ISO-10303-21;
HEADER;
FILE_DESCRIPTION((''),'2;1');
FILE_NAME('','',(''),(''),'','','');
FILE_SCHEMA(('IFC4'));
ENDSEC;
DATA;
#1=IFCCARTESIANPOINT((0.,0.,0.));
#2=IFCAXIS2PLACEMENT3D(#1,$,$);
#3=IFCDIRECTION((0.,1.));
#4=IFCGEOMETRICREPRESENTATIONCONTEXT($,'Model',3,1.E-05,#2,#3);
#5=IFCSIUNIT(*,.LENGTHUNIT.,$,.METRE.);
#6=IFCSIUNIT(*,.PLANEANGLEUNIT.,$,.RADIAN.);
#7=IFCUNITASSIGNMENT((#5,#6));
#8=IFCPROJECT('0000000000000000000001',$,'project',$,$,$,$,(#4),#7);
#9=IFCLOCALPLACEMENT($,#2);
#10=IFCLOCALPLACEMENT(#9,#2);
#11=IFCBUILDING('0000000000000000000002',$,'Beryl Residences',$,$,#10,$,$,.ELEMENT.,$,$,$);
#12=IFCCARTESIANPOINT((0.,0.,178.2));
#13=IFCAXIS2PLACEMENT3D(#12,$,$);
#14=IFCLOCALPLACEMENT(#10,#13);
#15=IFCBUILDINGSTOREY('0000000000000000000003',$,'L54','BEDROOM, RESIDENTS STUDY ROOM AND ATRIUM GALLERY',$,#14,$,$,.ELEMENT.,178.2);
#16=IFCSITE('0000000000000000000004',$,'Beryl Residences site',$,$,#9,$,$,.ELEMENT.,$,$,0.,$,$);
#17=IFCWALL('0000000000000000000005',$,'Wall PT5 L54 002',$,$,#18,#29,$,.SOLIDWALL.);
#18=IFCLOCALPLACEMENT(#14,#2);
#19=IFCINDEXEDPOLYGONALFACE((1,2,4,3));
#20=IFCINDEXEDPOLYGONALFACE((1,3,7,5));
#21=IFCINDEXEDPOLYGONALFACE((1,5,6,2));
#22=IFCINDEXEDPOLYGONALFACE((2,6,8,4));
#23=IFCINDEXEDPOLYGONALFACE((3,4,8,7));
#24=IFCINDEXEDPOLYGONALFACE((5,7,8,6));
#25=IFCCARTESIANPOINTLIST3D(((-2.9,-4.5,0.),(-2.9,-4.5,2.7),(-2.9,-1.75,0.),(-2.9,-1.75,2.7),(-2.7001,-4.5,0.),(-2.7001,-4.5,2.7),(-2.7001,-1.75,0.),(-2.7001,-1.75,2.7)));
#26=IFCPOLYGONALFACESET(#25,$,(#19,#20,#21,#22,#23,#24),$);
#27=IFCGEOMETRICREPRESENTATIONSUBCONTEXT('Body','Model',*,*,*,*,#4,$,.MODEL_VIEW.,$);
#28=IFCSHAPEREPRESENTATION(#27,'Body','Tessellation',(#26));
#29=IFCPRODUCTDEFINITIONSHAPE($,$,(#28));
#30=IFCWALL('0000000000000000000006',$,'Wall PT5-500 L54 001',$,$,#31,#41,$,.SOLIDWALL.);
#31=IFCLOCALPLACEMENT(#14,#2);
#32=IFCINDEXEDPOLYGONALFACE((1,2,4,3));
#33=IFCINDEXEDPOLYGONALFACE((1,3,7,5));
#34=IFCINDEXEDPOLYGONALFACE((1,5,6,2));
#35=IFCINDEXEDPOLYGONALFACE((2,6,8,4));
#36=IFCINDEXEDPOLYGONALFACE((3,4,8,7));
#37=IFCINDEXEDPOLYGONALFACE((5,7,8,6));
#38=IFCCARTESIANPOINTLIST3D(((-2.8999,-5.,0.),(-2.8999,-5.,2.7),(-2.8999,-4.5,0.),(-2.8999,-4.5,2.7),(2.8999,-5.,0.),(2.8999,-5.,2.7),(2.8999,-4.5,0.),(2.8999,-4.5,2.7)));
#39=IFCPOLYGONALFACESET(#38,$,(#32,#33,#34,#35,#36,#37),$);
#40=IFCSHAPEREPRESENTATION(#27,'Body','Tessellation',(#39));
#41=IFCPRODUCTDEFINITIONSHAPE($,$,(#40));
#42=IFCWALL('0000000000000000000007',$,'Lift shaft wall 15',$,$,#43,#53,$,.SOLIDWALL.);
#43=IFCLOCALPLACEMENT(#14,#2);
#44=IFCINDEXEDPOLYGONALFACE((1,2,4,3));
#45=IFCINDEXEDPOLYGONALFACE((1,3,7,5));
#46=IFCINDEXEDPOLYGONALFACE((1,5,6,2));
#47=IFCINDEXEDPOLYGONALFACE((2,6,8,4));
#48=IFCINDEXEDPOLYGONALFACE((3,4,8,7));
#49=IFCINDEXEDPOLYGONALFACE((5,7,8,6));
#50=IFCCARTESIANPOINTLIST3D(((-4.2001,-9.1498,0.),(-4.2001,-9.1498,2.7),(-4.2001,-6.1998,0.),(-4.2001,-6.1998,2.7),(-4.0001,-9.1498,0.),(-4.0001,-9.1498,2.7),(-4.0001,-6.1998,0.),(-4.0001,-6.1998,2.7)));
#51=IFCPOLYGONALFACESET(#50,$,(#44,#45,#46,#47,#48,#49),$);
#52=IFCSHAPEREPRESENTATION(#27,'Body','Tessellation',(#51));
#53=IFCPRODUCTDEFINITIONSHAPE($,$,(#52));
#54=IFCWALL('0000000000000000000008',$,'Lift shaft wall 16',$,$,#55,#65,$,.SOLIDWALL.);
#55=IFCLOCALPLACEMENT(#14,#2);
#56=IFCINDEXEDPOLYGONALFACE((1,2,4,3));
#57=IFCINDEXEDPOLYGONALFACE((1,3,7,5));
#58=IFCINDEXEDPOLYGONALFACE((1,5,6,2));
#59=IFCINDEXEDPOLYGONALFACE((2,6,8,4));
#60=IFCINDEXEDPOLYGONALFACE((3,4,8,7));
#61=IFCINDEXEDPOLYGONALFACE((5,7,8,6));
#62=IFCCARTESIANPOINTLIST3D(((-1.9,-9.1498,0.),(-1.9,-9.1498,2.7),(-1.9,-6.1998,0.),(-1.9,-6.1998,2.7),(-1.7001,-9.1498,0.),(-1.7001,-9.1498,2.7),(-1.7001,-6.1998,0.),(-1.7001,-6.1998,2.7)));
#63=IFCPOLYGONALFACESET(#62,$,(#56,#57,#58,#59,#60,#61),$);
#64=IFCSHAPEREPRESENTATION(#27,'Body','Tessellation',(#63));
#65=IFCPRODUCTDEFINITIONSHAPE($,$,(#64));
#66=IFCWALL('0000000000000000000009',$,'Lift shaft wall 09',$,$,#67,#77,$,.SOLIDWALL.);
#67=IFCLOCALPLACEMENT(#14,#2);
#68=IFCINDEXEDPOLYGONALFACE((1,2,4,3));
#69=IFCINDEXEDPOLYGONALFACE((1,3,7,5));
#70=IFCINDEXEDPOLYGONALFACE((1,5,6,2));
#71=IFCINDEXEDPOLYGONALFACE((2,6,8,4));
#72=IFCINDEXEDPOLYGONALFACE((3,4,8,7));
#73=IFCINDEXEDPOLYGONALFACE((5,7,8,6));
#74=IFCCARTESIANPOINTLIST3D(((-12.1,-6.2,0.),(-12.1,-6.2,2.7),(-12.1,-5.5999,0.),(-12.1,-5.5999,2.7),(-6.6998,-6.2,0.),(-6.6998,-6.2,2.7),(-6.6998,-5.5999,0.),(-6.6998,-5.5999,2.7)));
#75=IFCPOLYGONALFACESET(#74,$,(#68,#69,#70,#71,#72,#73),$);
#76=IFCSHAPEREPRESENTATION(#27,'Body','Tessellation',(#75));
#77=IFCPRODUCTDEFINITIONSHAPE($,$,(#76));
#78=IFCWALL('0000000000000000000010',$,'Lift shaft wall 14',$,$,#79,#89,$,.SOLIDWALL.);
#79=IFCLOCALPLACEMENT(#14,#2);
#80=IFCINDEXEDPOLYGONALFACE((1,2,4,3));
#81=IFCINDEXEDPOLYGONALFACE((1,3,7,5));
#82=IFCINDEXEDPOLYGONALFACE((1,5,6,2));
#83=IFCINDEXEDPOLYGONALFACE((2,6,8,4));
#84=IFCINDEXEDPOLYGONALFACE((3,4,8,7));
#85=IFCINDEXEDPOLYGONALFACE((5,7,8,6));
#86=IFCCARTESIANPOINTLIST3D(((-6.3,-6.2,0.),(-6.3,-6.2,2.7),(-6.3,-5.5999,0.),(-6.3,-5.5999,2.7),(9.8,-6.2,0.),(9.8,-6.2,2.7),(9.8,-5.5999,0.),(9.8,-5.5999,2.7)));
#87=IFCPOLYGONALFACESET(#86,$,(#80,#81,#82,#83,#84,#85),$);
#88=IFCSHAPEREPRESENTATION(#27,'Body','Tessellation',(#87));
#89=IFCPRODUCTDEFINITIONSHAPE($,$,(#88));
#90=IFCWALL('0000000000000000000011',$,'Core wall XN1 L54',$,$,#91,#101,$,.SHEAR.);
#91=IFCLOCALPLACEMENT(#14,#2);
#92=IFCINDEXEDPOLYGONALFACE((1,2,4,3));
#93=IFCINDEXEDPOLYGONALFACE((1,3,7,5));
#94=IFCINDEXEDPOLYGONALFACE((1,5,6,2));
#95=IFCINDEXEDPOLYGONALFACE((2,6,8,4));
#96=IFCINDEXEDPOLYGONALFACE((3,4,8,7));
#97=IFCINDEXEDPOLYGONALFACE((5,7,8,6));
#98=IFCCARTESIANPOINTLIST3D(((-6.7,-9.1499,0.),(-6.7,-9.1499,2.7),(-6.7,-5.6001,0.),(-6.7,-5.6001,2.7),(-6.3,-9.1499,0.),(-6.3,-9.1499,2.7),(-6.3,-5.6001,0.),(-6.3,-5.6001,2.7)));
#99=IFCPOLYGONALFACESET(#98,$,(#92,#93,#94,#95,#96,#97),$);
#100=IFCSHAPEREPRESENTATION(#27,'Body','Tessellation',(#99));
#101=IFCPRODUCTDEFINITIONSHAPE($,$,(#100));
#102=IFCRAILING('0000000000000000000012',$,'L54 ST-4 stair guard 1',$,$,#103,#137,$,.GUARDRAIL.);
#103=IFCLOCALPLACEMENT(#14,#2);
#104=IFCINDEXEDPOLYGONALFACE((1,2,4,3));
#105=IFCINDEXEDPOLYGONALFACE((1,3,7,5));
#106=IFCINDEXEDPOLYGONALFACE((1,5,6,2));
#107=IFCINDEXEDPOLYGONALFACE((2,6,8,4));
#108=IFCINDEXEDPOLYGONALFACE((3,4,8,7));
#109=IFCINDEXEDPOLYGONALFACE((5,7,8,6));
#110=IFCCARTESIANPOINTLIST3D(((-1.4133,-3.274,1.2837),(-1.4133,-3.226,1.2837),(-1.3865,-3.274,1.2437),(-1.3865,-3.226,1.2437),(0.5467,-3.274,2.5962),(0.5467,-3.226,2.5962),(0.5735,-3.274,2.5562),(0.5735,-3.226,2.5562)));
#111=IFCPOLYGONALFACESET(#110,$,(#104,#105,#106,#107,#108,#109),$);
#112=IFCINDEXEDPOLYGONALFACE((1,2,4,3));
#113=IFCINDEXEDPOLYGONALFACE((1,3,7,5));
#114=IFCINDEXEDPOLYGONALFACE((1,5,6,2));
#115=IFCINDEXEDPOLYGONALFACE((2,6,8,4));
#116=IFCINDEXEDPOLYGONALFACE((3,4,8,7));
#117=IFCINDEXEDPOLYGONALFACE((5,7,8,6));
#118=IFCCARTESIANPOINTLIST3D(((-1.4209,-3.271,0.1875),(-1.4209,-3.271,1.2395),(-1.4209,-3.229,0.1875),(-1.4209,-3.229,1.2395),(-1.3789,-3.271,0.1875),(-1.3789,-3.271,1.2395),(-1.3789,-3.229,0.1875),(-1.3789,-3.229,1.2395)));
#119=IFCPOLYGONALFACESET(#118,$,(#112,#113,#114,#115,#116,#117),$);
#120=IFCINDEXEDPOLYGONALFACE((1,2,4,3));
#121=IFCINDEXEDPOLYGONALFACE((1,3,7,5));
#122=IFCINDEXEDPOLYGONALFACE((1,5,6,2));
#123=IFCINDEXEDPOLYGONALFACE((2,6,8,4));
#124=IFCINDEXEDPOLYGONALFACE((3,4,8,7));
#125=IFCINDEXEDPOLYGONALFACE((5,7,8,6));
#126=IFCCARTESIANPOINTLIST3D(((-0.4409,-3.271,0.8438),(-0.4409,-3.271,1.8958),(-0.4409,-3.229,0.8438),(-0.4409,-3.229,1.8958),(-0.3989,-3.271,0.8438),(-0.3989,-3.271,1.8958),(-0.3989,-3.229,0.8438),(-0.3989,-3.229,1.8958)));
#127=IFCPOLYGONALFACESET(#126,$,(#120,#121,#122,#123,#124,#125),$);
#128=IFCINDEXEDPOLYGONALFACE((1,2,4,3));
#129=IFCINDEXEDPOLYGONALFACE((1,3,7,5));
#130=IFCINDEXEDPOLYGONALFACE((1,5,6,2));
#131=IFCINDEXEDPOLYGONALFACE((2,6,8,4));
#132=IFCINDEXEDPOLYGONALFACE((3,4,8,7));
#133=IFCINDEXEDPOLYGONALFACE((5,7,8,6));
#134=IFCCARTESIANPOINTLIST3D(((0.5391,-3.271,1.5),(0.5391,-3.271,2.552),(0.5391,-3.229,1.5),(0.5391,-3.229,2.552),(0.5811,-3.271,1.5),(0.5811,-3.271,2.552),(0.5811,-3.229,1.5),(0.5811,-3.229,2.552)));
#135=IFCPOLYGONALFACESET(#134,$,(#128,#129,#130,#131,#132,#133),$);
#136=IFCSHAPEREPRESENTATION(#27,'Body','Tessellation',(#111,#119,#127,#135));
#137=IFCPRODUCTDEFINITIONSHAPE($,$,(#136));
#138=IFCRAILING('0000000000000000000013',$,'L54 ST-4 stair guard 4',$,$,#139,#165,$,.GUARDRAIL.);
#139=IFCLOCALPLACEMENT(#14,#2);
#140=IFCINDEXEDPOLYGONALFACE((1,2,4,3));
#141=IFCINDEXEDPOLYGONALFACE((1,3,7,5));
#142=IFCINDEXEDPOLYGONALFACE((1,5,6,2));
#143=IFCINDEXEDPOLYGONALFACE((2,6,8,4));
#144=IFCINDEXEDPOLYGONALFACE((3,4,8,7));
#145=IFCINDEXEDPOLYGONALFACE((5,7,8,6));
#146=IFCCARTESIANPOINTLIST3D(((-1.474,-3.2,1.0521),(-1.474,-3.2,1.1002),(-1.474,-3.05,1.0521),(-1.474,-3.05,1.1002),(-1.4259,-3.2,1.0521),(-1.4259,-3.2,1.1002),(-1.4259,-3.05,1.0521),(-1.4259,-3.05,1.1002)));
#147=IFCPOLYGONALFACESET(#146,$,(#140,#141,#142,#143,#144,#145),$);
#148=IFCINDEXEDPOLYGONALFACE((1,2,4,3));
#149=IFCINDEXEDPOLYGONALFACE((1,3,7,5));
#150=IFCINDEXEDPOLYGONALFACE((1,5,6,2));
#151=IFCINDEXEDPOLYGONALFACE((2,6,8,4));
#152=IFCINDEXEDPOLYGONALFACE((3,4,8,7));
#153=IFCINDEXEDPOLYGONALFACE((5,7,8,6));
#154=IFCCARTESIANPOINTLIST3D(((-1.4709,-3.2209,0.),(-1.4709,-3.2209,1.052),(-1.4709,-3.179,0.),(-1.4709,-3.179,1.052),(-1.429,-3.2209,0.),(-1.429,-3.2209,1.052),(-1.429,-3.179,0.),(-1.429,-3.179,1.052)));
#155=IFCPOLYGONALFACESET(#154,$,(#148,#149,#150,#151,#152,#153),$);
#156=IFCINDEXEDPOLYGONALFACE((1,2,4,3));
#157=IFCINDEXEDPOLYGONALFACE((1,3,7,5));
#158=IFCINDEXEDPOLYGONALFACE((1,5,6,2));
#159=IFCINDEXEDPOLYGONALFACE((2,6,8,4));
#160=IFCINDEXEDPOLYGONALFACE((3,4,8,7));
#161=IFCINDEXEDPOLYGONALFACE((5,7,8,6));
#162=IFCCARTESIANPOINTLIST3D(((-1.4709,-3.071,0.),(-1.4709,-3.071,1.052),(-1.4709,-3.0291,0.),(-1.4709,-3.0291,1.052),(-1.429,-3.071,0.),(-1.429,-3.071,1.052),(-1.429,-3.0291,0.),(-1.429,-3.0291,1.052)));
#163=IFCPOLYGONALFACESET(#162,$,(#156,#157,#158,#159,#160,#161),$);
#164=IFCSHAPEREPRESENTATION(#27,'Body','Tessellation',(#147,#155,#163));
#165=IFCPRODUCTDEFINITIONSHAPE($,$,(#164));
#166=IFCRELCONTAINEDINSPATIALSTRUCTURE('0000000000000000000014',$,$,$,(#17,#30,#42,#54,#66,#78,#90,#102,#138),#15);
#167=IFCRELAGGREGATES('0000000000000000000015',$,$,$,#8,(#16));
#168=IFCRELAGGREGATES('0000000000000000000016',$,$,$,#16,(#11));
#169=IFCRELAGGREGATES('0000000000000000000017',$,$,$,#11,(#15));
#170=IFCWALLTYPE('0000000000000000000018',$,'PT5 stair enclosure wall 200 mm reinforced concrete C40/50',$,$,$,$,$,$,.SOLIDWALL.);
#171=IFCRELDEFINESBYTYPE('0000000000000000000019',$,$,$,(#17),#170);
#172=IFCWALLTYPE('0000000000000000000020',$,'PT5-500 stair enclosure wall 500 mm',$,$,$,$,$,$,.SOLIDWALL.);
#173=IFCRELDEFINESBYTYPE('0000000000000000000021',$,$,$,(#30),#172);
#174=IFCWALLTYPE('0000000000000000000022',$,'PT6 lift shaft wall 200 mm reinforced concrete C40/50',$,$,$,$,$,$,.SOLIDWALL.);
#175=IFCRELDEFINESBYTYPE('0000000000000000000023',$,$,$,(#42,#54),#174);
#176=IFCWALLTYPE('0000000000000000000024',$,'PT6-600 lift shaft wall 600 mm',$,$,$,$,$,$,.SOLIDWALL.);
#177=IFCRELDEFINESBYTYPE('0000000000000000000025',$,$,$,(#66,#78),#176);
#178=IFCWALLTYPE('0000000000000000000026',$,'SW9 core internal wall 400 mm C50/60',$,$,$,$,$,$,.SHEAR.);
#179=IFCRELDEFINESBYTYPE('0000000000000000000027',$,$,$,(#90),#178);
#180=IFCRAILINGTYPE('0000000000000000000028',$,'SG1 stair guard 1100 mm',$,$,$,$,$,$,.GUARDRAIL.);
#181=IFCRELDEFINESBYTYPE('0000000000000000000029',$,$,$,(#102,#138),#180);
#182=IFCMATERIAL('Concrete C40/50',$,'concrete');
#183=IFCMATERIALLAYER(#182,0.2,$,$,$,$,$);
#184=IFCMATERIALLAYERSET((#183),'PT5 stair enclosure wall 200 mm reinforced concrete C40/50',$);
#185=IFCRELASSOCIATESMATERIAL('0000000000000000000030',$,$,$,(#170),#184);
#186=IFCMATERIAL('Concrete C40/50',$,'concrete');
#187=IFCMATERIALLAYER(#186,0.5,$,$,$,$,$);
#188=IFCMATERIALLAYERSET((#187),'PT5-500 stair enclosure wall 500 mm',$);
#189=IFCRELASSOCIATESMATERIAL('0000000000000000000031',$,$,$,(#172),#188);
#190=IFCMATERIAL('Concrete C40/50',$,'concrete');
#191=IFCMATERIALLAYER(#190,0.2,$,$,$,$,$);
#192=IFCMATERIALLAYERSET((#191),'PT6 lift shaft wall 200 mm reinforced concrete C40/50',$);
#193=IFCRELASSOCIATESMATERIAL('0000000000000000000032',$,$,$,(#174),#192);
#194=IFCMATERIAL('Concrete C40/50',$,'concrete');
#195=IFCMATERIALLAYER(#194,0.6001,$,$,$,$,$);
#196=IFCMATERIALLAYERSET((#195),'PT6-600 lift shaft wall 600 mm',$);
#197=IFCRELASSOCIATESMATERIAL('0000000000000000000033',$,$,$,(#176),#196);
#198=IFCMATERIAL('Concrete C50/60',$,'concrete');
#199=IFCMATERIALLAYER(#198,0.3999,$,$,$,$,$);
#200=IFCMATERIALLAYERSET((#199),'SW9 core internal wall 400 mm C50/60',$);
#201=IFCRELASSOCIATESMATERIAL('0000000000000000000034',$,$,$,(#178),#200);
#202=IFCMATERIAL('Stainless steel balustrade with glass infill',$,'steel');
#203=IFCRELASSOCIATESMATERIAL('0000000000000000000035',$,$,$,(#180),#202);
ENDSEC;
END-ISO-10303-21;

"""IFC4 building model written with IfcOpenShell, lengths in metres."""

from ifc_helpers import new_model, si_unit, direction, frame, frame_2d, origin, origin_2d, place, context, subcontext, project, spatial, rectangle, extrude, material, layer, layer_set, type_object, element, save


model = new_model("IFC4")

# Units and contexts
model_context = context("Model", 3, precision=1e-05, world=origin(), true_north=direction((0.0, 1.0)))
body_context = subcontext(model_context, "Body", "Model", "MODEL_VIEW")
ifc_project = project(units=[si_unit("LENGTHUNIT", "METRE"), si_unit("PLANEANGLEUNIT", "RADIAN")], contexts=[model_context])

# Site, building, storey
site_placement = place(None, origin())
site = spatial("IfcSite", under=ifc_project, at=site_placement, Name="Beryl Residences site", CompositionType="ELEMENT", RefElevation=0.0)
building_placement = place(site_placement, origin())
building = spatial("IfcBuilding", under=site, at=building_placement, Name="Beryl Residences", CompositionType="ELEMENT")
storey_placement = place(building_placement, frame((0.0, 0.0, 178.2)))
storey = spatial("IfcBuildingStorey", under=building, at=storey_placement, Name="L54", Description="BEDROOM, RESIDENTS STUDY ROOM AND ATRIUM GALLERY", CompositionType="ELEMENT", Elevation=178.2)

# Walls
ifc_material_1 = material(Name="Concrete C40/50", Category="concrete")
ifc_layer_1 = layer(ifc_material_1, 0.2)
ifc_layer_set_1 = layer_set([ifc_layer_1], Name="PT5 stair enclosure wall 200 mm reinforced concrete C40/50")
wall_type_1 = type_object("IfcWallType", Name="PT5 stair enclosure wall 200 mm reinforced concrete C40/50", PredefinedType="SOLIDWALL", material=ifc_layer_set_1)
wall_1_placement = place(storey_placement, frame((-2.8, -4.5, 0.0), z_axis=(0.0, 0.0, 1.0), x_axis=(0.0, 1.0, 0.0)))
element("IfcWall", 1, at=wall_1_placement, inside=storey, type_object=wall_type_1, Name="Wall PT5 L54 002", PredefinedType="SOLIDWALL", context=body_context, shape_type="SweptSolid", body=[
    extrude(rectangle(XDim=2.75, YDim=0.2, at=frame_2d((1.375, 0.0))), origin(), (0.0, 0.0, 1.0), 2.7),
])
ifc_material_2 = material(Name="Concrete C40/50", Category="concrete")
ifc_layer_2 = layer(ifc_material_2, 0.5)
ifc_layer_set_2 = layer_set([ifc_layer_2], Name="PT5-500 stair enclosure wall 500 mm")
wall_type_2 = type_object("IfcWallType", Name="PT5-500 stair enclosure wall 500 mm", PredefinedType="SOLIDWALL", material=ifc_layer_set_2)
wall_2_placement = place(storey_placement, frame((-2.8999, -4.75, 0.0), z_axis=(0.0, 0.0, 1.0), x_axis=(1.0, 0.0, 0.0)))
element("IfcWall", 2, at=wall_2_placement, inside=storey, type_object=wall_type_2, Name="Wall PT5-500 L54 001", PredefinedType="SOLIDWALL", context=body_context, shape_type="SweptSolid", body=[
    extrude(rectangle(XDim=5.7998, YDim=0.5, at=frame_2d((2.8999, 0.0))), origin(), (0.0, 0.0, 1.0), 2.7),
])
ifc_material_3 = material(Name="Concrete C40/50", Category="concrete")
ifc_layer_3 = layer(ifc_material_3, 0.2)
ifc_layer_set_3 = layer_set([ifc_layer_3], Name="PT6 lift shaft wall 200 mm reinforced concrete C40/50")
wall_type_3 = type_object("IfcWallType", Name="PT6 lift shaft wall 200 mm reinforced concrete C40/50", PredefinedType="SOLIDWALL", material=ifc_layer_set_3)
for number, where, z_axis, x_axis, name in (
    (3, (-4.1001, -9.1499, 0.0), (0.0, 0.0, 1.0), (0.0, 1.0, 0.0), "Lift shaft wall 15"),
    (4, (-1.8, -9.1499, 0.0), (0.0, 0.0, 1.0), (0.0, 1.0, 0.0), "Lift shaft wall 16"),
):
    element("IfcWall", number, at=place(storey_placement, frame(where, z_axis=z_axis, x_axis=x_axis)), inside=storey, type_object=wall_type_3, Name=name, PredefinedType="SOLIDWALL", context=body_context, shape_type="SweptSolid", body=[
        extrude(rectangle(XDim=2.95, YDim=0.2, at=frame_2d((1.4751, 0.0))), origin(), (0.0, 0.0, 1.0), 2.7),
    ])
ifc_material_4 = material(Name="Concrete C40/50", Category="concrete")
ifc_layer_4 = layer(ifc_material_4, 0.6001)
ifc_layer_set_4 = layer_set([ifc_layer_4], Name="PT6-600 lift shaft wall 600 mm")
wall_type_4 = type_object("IfcWallType", Name="PT6-600 lift shaft wall 600 mm", PredefinedType="SOLIDWALL", material=ifc_layer_set_4)
wall_3_placement = place(storey_placement, frame((-12.1001, -5.8999, 0.0), z_axis=(0.0, 0.0, 1.0), x_axis=(1.0, 0.0, 0.0)))
element("IfcWall", 5, at=wall_3_placement, inside=storey, type_object=wall_type_4, Name="Lift shaft wall 09", PredefinedType="SOLIDWALL", context=body_context, shape_type="SweptSolid", body=[
    extrude(rectangle(XDim=5.4001, YDim=0.6001, at=frame_2d((2.7002, 0.0))), origin(), (0.0, 0.0, 1.0), 2.7),
])
wall_4_placement = place(storey_placement, frame((-6.3, -5.8999, 0.0), z_axis=(0.0, 0.0, 1.0), x_axis=(1.0, 0.0, 0.0)))
element("IfcWall", 6, at=wall_4_placement, inside=storey, type_object=wall_type_4, Name="Lift shaft wall 14", PredefinedType="SOLIDWALL", context=body_context, shape_type="SweptSolid", body=[
    extrude(rectangle(XDim=16.1001, YDim=0.6001, at=frame_2d((8.05, 0.0))), origin(), (0.0, 0.0, 1.0), 2.7),
])
ifc_material_5 = material(Name="Concrete C50/60", Category="concrete")
ifc_layer_5 = layer(ifc_material_5, 0.3999)
ifc_layer_set_5 = layer_set([ifc_layer_5], Name="SW9 core internal wall 400 mm C50/60")
wall_type_5 = type_object("IfcWallType", Name="SW9 core internal wall 400 mm C50/60", PredefinedType="SHEAR", material=ifc_layer_set_5)
wall_5_placement = place(storey_placement, frame((-6.5, -9.1499, 0.0), z_axis=(0.0, 0.0, 1.0), x_axis=(0.0, 1.0, 0.0)))
element("IfcWall", 7, at=wall_5_placement, inside=storey, type_object=wall_type_5, Name="Core wall XN1 L54", PredefinedType="SHEAR", context=body_context, shape_type="SweptSolid", body=[
    extrude(rectangle(XDim=3.5498, YDim=0.3999, at=frame_2d((1.7749, 0.0))), origin(), (0.0, 0.0, 1.0), 2.7),
])

# Railings
ifc_material_6 = material(Name="Stainless steel balustrade with glass infill", Category="steel")
railing_type_1 = type_object("IfcRailingType", Name="SG1 stair guard 1100 mm", PredefinedType="GUARDRAIL", material=ifc_material_6)
railing_1_placement = place(storey_placement, frame((-1.3999, -3.25, 0.1875)))
element("IfcRailing", 8, at=railing_1_placement, inside=storey, type_object=railing_type_1, Name="L54 ST-4 stair guard 1", PredefinedType="GUARDRAIL", context=body_context, shape_type="SweptSolid", body=[
    extrude(rectangle(XDim=0.0481, YDim=0.0481, at=origin_2d()), frame((0.0, 0.0, 1.0762), z_axis=(0.830902, 0.0, 0.556419), x_axis=(0.0, 1.0, 0.0)), (0.0, 0.0, 1.0), 2.3589),
    extrude(rectangle(XDim=0.042, YDim=0.042, at=origin_2d()), origin(), (0.0, 0.0, 1.0), 1.052),
    extrude(rectangle(XDim=0.042, YDim=0.042, at=origin_2d()), frame((0.98, 0.0, 0.6562)), (0.0, 0.0, 1.0), 1.052),
    extrude(rectangle(XDim=0.042, YDim=0.042, at=origin_2d()), frame((1.96, 0.0, 1.3125)), (0.0, 0.0, 1.0), 1.052),
])
railing_2_placement = place(storey_placement, frame((-1.45, -3.2, 0.0)))
element("IfcRailing", 9, at=railing_2_placement, inside=storey, type_object=railing_type_1, Name="L54 ST-4 stair guard 4", PredefinedType="GUARDRAIL", context=body_context, shape_type="SweptSolid", body=[
    extrude(rectangle(XDim=0.0481, YDim=0.0481, at=origin_2d()), frame((0.0, 0.0, 1.0762), z_axis=(0.0, 1.0, 0.0), x_axis=(-1.0, 0.0, 0.0)), (0.0, 0.0, 1.0), 0.1499),
    extrude(rectangle(XDim=0.042, YDim=0.042, at=origin_2d()), origin(), (0.0, 0.0, 1.0), 1.052),
    extrude(rectangle(XDim=0.042, YDim=0.042, at=origin_2d()), frame((0.0, 0.1499, 0.0)), (0.0, 0.0, 1.0), 1.052),
])

save(model, "model.ifc")
